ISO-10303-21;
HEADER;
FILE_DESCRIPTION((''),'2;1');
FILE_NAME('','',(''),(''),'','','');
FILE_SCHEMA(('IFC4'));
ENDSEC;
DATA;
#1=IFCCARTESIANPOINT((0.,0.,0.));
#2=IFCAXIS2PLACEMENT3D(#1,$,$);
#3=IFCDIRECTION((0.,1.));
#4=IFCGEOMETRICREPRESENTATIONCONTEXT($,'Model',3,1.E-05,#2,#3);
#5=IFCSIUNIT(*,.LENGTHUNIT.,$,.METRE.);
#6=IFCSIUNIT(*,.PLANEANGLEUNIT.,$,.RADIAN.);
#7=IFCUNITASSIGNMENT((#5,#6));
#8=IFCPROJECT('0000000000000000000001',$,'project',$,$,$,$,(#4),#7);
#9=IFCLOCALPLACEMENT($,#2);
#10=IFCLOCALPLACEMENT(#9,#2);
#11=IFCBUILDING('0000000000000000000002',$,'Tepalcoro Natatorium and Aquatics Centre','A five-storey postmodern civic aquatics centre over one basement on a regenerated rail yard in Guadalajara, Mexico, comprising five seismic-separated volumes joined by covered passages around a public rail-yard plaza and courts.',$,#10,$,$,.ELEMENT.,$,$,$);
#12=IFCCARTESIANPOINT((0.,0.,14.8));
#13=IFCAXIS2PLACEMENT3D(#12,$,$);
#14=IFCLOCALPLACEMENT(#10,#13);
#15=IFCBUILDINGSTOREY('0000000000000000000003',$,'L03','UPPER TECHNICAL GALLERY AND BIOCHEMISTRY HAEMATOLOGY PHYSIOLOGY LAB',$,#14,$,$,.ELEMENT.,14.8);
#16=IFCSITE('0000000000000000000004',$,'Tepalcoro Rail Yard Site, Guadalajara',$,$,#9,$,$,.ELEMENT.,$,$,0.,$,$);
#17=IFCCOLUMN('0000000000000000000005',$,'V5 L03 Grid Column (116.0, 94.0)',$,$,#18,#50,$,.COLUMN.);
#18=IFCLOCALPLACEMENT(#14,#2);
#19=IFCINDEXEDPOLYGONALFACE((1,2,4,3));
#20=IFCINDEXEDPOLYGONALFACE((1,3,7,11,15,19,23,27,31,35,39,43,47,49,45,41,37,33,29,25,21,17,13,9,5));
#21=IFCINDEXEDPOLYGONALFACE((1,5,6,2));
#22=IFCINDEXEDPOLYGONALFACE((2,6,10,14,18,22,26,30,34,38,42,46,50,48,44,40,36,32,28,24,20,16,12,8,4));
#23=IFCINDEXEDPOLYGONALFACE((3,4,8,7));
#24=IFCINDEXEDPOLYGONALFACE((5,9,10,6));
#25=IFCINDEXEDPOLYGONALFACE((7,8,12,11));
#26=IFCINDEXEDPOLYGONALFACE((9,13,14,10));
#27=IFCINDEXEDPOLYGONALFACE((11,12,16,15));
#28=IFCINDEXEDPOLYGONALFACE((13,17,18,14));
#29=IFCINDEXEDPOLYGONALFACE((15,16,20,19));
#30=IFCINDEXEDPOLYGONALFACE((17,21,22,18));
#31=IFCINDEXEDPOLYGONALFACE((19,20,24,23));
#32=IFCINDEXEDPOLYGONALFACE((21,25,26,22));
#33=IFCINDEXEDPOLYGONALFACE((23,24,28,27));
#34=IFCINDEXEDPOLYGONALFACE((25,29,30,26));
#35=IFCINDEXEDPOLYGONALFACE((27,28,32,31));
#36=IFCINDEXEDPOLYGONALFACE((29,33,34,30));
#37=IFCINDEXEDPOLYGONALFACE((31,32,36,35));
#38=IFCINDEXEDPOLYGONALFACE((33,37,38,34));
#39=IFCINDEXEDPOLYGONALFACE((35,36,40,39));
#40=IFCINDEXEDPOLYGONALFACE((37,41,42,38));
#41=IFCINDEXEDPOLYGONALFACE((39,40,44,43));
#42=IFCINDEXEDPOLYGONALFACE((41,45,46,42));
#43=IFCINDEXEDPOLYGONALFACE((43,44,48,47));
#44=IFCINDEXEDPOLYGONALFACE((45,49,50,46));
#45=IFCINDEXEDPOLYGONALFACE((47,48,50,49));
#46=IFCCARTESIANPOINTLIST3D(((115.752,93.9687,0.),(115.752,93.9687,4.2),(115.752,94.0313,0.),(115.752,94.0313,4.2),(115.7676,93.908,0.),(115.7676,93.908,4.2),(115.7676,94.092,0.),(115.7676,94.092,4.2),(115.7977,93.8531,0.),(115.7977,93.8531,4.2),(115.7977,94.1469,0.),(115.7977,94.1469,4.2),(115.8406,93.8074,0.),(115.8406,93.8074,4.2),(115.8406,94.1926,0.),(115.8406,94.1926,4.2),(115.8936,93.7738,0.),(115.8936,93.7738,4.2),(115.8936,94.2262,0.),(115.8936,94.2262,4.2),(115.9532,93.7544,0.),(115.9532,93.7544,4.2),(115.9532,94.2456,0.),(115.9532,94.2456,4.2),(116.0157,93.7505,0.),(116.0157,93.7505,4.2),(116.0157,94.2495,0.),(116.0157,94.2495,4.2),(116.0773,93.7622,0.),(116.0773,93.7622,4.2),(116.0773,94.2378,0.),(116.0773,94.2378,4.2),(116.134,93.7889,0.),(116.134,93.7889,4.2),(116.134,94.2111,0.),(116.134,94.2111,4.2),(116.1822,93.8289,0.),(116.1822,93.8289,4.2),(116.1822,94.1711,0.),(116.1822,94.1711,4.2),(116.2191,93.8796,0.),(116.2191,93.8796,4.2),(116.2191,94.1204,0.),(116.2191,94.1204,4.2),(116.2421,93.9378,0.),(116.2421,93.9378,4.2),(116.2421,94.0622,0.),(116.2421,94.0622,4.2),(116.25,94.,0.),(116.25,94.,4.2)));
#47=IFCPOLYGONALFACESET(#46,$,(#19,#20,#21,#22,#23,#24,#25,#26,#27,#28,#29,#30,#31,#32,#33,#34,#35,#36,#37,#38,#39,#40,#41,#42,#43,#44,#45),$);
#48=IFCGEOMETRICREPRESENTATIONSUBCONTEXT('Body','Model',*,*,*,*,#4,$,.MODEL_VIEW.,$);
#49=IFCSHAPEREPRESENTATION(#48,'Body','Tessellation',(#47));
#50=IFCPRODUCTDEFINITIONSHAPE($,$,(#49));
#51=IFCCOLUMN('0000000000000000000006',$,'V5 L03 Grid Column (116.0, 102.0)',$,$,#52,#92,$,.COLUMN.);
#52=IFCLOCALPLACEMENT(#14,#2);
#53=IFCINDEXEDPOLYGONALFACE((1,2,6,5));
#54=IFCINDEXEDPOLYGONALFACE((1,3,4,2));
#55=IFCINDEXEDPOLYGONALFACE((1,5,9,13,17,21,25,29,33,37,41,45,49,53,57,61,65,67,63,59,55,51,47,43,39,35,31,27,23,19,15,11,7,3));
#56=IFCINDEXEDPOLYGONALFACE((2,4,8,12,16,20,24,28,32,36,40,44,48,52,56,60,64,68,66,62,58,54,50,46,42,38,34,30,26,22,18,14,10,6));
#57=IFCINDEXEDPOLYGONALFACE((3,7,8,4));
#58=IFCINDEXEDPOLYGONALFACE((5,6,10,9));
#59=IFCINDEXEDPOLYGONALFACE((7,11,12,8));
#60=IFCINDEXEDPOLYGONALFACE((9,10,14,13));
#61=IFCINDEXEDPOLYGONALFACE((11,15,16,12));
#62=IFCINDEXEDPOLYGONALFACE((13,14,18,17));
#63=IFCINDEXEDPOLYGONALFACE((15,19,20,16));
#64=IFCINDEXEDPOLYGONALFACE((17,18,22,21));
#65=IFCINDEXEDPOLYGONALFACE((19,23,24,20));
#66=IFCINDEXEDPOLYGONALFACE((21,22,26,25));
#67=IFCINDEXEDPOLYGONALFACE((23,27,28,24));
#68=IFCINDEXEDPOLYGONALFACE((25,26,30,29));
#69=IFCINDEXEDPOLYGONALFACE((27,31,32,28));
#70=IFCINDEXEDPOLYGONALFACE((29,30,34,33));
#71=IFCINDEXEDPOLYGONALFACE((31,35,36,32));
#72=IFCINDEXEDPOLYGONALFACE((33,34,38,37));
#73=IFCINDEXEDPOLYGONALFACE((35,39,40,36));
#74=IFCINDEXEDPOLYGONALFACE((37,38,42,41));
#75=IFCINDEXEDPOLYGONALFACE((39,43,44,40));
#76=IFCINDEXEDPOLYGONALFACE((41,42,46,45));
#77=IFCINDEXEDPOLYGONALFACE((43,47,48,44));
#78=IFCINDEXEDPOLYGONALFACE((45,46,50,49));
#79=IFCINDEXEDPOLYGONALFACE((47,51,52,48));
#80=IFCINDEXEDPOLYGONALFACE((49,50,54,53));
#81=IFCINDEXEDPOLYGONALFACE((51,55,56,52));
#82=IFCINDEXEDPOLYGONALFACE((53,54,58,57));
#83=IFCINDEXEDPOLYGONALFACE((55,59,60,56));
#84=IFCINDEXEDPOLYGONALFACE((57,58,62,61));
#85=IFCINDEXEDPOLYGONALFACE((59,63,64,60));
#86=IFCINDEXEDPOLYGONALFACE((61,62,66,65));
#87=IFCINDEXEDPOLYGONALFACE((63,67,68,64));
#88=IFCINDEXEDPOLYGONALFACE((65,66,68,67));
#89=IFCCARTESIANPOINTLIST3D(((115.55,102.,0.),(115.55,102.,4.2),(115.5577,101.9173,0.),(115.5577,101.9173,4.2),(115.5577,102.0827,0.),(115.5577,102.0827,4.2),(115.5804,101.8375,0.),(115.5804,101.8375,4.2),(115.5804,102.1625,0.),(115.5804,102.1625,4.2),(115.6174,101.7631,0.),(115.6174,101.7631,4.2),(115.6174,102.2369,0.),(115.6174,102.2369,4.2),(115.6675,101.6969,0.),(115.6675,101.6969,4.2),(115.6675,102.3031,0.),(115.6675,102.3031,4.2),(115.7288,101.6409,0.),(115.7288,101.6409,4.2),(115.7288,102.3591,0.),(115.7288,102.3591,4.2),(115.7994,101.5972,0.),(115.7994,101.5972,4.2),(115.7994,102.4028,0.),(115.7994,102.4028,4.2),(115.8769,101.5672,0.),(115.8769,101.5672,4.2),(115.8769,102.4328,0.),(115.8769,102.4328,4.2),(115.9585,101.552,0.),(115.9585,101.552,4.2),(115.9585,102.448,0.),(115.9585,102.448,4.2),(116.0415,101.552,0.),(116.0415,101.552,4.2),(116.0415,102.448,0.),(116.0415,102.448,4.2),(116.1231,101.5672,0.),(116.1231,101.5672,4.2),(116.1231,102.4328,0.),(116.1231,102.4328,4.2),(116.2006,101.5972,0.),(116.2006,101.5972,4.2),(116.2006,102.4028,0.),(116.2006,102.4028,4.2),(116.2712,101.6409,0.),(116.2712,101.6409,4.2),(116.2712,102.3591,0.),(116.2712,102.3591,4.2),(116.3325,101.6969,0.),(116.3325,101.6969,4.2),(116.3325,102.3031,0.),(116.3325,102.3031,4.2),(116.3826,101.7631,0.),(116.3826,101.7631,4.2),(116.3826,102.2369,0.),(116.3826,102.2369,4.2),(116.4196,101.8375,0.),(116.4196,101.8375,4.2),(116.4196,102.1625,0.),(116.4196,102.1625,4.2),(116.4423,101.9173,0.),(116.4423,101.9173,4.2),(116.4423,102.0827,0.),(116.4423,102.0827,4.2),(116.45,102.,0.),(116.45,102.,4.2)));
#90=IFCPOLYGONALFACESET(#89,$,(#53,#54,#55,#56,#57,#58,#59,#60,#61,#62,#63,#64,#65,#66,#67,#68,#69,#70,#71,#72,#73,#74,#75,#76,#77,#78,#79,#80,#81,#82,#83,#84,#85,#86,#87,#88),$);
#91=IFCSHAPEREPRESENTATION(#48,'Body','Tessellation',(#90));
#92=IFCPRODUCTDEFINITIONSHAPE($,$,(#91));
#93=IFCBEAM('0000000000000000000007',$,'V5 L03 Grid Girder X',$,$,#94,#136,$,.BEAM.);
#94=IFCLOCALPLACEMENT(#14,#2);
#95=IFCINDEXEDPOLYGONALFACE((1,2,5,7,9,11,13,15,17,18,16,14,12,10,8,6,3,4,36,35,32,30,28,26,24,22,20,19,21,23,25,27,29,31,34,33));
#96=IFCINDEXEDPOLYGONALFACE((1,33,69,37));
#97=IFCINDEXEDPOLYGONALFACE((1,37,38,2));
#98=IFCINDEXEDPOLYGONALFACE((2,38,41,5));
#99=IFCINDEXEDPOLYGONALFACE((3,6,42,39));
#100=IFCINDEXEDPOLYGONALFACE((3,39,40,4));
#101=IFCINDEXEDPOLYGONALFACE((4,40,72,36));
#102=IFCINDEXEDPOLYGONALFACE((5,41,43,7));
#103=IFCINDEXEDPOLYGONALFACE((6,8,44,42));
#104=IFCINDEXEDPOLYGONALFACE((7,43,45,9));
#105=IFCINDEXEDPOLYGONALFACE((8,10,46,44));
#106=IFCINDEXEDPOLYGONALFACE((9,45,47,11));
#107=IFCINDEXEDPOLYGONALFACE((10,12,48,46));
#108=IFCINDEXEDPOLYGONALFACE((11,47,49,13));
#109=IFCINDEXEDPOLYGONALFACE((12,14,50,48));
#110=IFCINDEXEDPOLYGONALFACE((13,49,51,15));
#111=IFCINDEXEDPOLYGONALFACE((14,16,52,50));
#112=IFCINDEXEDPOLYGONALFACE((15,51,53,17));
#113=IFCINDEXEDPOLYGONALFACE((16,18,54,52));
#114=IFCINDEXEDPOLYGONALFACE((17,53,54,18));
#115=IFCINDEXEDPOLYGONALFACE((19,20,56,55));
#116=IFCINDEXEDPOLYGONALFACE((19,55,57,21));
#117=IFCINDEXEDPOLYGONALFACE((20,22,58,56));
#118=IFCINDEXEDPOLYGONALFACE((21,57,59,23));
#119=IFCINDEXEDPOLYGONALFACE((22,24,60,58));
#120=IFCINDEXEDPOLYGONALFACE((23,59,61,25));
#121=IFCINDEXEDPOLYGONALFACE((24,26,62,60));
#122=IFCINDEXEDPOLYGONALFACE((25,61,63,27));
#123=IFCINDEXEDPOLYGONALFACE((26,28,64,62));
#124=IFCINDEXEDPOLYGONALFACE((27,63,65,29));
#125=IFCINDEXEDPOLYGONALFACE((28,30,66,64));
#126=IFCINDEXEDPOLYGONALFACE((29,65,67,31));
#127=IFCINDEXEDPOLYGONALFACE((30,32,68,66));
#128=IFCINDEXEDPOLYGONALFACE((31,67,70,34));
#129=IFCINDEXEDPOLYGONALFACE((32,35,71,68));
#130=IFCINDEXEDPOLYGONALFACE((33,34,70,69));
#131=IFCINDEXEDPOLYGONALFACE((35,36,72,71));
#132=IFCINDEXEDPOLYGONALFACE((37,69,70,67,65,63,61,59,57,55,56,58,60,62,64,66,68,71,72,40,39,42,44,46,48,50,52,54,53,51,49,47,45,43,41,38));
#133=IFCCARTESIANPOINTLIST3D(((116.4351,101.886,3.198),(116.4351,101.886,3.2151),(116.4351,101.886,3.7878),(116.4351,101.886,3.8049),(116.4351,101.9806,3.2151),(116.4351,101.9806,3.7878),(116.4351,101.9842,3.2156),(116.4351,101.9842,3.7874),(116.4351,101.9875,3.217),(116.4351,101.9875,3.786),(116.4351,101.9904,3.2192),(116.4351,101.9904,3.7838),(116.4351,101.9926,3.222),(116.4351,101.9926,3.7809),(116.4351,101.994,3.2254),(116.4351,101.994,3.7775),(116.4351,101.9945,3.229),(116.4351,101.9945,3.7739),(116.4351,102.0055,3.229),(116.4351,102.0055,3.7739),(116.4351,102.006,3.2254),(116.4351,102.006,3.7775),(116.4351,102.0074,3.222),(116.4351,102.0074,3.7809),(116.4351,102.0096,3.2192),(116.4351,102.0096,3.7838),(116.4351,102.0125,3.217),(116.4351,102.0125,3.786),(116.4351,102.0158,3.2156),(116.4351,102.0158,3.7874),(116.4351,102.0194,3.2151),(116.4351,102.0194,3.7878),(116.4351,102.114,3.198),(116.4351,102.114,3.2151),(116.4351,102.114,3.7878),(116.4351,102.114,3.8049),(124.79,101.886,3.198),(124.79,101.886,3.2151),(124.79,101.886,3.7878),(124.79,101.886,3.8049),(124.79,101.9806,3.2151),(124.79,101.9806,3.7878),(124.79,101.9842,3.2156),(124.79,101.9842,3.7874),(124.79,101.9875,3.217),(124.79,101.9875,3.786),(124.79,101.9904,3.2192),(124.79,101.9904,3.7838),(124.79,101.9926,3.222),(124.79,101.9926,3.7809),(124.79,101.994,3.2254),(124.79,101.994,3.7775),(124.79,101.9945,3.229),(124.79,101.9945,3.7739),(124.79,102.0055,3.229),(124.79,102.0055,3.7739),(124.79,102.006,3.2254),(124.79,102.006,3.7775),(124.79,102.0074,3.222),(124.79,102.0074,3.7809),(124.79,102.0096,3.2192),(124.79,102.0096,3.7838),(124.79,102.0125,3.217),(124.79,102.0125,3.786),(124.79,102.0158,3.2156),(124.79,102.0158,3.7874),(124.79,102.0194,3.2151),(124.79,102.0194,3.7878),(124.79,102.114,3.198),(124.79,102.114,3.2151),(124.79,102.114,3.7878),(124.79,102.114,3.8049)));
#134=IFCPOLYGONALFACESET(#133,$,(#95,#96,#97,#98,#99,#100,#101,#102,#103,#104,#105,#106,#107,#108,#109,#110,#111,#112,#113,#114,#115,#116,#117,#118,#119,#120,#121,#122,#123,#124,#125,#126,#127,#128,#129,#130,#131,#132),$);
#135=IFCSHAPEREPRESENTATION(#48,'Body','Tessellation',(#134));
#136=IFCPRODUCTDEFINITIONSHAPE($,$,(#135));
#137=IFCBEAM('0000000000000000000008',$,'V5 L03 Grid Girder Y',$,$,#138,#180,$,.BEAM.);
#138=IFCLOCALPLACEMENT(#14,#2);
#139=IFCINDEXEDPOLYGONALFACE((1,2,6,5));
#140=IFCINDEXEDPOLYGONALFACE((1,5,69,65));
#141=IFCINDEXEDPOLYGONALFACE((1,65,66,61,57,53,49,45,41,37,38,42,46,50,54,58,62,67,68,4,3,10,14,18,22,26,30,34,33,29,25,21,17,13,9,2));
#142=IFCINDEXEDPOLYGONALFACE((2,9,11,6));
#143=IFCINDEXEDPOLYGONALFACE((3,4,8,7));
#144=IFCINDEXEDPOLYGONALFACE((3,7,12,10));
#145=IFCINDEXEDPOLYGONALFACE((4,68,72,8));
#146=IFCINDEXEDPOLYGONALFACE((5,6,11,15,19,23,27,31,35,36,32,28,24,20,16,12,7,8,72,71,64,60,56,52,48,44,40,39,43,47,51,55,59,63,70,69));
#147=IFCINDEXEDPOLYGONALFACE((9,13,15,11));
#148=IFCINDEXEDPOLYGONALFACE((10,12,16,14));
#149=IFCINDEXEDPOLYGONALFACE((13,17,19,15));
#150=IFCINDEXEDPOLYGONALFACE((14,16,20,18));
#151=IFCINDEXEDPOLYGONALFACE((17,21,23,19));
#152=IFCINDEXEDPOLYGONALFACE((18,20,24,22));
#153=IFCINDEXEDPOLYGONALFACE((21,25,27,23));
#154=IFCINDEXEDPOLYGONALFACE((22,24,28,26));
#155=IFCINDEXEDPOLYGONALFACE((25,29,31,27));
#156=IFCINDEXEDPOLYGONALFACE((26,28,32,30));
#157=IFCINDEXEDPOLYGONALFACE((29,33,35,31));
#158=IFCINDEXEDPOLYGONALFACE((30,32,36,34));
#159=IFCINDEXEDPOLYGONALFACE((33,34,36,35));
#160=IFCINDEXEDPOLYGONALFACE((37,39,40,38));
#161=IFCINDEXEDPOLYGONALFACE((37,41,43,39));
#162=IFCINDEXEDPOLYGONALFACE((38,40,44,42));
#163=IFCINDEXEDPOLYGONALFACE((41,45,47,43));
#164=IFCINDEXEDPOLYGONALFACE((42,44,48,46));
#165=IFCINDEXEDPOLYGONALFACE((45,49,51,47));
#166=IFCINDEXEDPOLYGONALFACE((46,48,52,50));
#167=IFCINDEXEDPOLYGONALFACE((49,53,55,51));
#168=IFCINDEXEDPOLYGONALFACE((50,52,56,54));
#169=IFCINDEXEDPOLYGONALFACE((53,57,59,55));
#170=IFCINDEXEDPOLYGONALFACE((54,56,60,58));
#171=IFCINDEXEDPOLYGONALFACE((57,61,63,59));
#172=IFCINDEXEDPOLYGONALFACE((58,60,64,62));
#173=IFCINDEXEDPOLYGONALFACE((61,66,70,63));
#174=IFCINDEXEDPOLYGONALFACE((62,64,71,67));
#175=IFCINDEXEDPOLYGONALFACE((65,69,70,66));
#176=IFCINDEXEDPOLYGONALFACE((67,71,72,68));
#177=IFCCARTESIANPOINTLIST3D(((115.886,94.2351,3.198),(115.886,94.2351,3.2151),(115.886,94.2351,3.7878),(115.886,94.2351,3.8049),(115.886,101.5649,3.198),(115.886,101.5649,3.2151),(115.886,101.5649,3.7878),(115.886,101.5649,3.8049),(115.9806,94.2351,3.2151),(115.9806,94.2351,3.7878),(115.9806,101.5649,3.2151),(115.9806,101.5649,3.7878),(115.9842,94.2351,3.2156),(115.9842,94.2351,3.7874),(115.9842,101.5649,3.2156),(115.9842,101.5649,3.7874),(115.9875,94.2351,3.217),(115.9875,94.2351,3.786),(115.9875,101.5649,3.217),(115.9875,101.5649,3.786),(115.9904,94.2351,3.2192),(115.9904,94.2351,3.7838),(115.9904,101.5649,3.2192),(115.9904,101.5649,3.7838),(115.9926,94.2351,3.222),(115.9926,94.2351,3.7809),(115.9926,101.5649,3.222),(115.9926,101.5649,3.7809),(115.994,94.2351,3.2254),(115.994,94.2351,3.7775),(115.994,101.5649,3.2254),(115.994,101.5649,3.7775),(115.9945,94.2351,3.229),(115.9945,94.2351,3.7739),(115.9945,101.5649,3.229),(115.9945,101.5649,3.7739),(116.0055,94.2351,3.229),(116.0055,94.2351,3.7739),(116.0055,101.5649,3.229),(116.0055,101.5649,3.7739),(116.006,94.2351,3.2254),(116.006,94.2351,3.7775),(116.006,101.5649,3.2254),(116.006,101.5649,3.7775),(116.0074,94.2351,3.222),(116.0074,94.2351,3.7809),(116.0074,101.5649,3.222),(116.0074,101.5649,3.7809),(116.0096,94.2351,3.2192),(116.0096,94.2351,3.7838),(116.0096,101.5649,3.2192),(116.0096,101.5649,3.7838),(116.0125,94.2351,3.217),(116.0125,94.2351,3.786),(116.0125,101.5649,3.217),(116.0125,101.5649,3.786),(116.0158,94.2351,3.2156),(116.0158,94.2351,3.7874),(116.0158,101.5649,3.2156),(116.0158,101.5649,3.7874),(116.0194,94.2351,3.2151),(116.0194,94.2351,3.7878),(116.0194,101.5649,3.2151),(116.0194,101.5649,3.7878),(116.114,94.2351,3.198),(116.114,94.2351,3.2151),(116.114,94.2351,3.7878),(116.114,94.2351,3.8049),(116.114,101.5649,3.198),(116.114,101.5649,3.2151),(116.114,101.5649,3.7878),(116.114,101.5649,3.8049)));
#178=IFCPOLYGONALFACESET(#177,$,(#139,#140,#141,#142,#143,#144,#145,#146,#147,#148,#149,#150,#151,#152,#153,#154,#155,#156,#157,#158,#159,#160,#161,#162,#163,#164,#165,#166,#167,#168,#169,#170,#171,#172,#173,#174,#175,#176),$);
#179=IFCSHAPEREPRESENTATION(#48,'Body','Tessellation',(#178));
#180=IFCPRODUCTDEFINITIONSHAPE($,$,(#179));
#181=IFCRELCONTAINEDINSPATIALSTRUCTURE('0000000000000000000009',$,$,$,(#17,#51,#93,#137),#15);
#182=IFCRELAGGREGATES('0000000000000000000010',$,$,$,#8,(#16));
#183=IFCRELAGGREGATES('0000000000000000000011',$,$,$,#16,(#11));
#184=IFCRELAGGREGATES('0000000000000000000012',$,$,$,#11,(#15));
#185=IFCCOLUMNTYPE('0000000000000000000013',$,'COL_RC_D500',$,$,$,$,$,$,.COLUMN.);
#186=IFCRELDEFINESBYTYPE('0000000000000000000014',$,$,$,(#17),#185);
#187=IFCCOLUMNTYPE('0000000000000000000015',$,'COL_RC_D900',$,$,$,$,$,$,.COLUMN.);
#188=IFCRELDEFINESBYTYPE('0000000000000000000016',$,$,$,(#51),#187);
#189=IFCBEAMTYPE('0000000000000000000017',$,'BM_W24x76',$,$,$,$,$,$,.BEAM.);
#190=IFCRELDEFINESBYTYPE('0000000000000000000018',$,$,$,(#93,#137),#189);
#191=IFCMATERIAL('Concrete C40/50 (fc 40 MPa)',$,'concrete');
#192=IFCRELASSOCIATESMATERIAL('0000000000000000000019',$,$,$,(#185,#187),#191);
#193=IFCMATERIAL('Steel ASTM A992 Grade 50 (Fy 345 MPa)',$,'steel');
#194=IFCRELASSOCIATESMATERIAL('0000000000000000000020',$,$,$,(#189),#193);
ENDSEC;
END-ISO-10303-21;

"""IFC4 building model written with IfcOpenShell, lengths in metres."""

from ifc_helpers import new_model, si_unit, direction, frame, origin, origin_2d, place, context, subcontext, project, spatial, circle, i_section, extrude, material, material_profile, profile_set, type_object, element, save


model = new_model("IFC4")

# Units and contexts
model_context = context("Model", 3, precision=1e-05, world=origin(), true_north=direction((0.0, 1.0)))
body_context = subcontext(model_context, "Body", "Model", "MODEL_VIEW")
ifc_project = project(units=[si_unit("LENGTHUNIT", "METRE"), si_unit("PLANEANGLEUNIT", "RADIAN")], contexts=[model_context])

# Site, building, storey
site_placement = place(None, origin())
site = spatial("IfcSite", under=ifc_project, at=site_placement, Name="Tepalcoro Rail Yard Site, Guadalajara", CompositionType="ELEMENT", RefElevation=0.0)
building_placement = place(site_placement, origin())
building = spatial("IfcBuilding", under=site, at=building_placement, Name="Tepalcoro Natatorium and Aquatics Centre", Description="A five-storey postmodern civic aquatics centre over one basement on a regenerated rail yard in Guadalajara, Mexico, comprising five seismic-separated volumes joined by covered passages around a public rail-yard plaza and courts.", CompositionType="ELEMENT")
storey_placement = place(building_placement, frame((0.0, 0.0, 14.8)))
storey = spatial("IfcBuildingStorey", under=building, at=storey_placement, Name="L03", Description="UPPER TECHNICAL GALLERY AND BIOCHEMISTRY HAEMATOLOGY PHYSIOLOGY LAB", CompositionType="ELEMENT", Elevation=14.8)

# Columns
ifc_material_1 = material(Name="Concrete C40/50 (fc 40 MPa)", Category="concrete")
ifc_material_profile_1 = material_profile(ifc_material_1, circle(Radius=0.25, at=origin_2d()), Name="RCD500")
ifc_profile_set_1 = profile_set([ifc_material_profile_1], Name="Concrete C40/50 (fc 40 MPa)")
column_type_1 = type_object("IfcColumnType", Name="COL_RC_D500", PredefinedType="COLUMN", material=ifc_profile_set_1)
column_1_placement = place(storey_placement, frame((116.0, 94.0, 0.0), z_axis=(0.0, 0.0, 1.0), x_axis=(1.0, 0.0, 0.0)))
element("IfcColumn", 1, at=column_1_placement, inside=storey, type_object=column_type_1, Name="V5 L03 Grid Column (116.0, 94.0)", PredefinedType="COLUMN", context=body_context, shape_type="SweptSolid", body=[
    extrude(circle(Radius=0.25, at=origin_2d()), origin(), (0.0, 0.0, 1.0), 4.2),
])
ifc_material_profile_2 = material_profile(ifc_material_1, circle(Radius=0.45, at=origin_2d()), Name="RCD900")
ifc_profile_set_2 = profile_set([ifc_material_profile_2], Name="Concrete C40/50 (fc 40 MPa)")
column_type_2 = type_object("IfcColumnType", Name="COL_RC_D900", PredefinedType="COLUMN", material=ifc_profile_set_2)
column_2_placement = place(storey_placement, frame((116.0, 102.0, 0.0), z_axis=(0.0, 0.0, 1.0), x_axis=(1.0, 0.0, 0.0)))
element("IfcColumn", 2, at=column_2_placement, inside=storey, type_object=column_type_2, Name="V5 L03 Grid Column (116.0, 102.0)", PredefinedType="COLUMN", context=body_context, shape_type="SweptSolid", body=[
    extrude(circle(Radius=0.45, at=origin_2d()), origin(), (0.0, 0.0, 1.0), 4.2),
])

# Beams
ifc_material_2 = material(Name="Steel ASTM A992 Grade 50 (Fy 345 MPa)", Category="steel")
ifc_material_profile_3 = material_profile(ifc_material_2, i_section(OverallWidth=0.228, OverallDepth=0.6069, WebThickness=0.011, FlangeThickness=0.0171, FilletRadius=0.0139, at=origin_2d()), Name="W24X76")
ifc_profile_set_3 = profile_set([ifc_material_profile_3], Name="Steel ASTM A992 Grade 50 (Fy 345 MPa)")
beam_type_1 = type_object("IfcBeamType", Name="BM_W24x76", PredefinedType="BEAM", material=ifc_profile_set_3)
beam_1_placement = place(storey_placement, frame((116.4351, 102.0, 3.5015), z_axis=(1.0, 0.0, 0.0), x_axis=(0.0, 1.0, 0.0)))
element("IfcBeam", 3, at=beam_1_placement, inside=storey, type_object=beam_type_1, Name="V5 L03 Grid Girder X", PredefinedType="BEAM", context=body_context, shape_type="SweptSolid", body=[
    extrude(i_section(OverallWidth=0.228, OverallDepth=0.6069, WebThickness=0.011, FlangeThickness=0.0171, FilletRadius=0.0139, at=origin_2d()), origin(), (0.0, 0.0, 1.0), 8.355),
])
beam_2_placement = place(storey_placement, frame((116.0, 94.2351, 3.5015), z_axis=(0.0, 1.0, 0.0), x_axis=(-1.0, 0.0, 0.0)))
element("IfcBeam", 4, at=beam_2_placement, inside=storey, type_object=beam_type_1, Name="V5 L03 Grid Girder Y", PredefinedType="BEAM", context=body_context, shape_type="SweptSolid", body=[
    extrude(i_section(OverallWidth=0.228, OverallDepth=0.6069, WebThickness=0.011, FlangeThickness=0.0171, FilletRadius=0.0139, at=origin_2d()), origin(), (0.0, 0.0, 1.0), 7.3298),
])

save(model, "model.ifc")
